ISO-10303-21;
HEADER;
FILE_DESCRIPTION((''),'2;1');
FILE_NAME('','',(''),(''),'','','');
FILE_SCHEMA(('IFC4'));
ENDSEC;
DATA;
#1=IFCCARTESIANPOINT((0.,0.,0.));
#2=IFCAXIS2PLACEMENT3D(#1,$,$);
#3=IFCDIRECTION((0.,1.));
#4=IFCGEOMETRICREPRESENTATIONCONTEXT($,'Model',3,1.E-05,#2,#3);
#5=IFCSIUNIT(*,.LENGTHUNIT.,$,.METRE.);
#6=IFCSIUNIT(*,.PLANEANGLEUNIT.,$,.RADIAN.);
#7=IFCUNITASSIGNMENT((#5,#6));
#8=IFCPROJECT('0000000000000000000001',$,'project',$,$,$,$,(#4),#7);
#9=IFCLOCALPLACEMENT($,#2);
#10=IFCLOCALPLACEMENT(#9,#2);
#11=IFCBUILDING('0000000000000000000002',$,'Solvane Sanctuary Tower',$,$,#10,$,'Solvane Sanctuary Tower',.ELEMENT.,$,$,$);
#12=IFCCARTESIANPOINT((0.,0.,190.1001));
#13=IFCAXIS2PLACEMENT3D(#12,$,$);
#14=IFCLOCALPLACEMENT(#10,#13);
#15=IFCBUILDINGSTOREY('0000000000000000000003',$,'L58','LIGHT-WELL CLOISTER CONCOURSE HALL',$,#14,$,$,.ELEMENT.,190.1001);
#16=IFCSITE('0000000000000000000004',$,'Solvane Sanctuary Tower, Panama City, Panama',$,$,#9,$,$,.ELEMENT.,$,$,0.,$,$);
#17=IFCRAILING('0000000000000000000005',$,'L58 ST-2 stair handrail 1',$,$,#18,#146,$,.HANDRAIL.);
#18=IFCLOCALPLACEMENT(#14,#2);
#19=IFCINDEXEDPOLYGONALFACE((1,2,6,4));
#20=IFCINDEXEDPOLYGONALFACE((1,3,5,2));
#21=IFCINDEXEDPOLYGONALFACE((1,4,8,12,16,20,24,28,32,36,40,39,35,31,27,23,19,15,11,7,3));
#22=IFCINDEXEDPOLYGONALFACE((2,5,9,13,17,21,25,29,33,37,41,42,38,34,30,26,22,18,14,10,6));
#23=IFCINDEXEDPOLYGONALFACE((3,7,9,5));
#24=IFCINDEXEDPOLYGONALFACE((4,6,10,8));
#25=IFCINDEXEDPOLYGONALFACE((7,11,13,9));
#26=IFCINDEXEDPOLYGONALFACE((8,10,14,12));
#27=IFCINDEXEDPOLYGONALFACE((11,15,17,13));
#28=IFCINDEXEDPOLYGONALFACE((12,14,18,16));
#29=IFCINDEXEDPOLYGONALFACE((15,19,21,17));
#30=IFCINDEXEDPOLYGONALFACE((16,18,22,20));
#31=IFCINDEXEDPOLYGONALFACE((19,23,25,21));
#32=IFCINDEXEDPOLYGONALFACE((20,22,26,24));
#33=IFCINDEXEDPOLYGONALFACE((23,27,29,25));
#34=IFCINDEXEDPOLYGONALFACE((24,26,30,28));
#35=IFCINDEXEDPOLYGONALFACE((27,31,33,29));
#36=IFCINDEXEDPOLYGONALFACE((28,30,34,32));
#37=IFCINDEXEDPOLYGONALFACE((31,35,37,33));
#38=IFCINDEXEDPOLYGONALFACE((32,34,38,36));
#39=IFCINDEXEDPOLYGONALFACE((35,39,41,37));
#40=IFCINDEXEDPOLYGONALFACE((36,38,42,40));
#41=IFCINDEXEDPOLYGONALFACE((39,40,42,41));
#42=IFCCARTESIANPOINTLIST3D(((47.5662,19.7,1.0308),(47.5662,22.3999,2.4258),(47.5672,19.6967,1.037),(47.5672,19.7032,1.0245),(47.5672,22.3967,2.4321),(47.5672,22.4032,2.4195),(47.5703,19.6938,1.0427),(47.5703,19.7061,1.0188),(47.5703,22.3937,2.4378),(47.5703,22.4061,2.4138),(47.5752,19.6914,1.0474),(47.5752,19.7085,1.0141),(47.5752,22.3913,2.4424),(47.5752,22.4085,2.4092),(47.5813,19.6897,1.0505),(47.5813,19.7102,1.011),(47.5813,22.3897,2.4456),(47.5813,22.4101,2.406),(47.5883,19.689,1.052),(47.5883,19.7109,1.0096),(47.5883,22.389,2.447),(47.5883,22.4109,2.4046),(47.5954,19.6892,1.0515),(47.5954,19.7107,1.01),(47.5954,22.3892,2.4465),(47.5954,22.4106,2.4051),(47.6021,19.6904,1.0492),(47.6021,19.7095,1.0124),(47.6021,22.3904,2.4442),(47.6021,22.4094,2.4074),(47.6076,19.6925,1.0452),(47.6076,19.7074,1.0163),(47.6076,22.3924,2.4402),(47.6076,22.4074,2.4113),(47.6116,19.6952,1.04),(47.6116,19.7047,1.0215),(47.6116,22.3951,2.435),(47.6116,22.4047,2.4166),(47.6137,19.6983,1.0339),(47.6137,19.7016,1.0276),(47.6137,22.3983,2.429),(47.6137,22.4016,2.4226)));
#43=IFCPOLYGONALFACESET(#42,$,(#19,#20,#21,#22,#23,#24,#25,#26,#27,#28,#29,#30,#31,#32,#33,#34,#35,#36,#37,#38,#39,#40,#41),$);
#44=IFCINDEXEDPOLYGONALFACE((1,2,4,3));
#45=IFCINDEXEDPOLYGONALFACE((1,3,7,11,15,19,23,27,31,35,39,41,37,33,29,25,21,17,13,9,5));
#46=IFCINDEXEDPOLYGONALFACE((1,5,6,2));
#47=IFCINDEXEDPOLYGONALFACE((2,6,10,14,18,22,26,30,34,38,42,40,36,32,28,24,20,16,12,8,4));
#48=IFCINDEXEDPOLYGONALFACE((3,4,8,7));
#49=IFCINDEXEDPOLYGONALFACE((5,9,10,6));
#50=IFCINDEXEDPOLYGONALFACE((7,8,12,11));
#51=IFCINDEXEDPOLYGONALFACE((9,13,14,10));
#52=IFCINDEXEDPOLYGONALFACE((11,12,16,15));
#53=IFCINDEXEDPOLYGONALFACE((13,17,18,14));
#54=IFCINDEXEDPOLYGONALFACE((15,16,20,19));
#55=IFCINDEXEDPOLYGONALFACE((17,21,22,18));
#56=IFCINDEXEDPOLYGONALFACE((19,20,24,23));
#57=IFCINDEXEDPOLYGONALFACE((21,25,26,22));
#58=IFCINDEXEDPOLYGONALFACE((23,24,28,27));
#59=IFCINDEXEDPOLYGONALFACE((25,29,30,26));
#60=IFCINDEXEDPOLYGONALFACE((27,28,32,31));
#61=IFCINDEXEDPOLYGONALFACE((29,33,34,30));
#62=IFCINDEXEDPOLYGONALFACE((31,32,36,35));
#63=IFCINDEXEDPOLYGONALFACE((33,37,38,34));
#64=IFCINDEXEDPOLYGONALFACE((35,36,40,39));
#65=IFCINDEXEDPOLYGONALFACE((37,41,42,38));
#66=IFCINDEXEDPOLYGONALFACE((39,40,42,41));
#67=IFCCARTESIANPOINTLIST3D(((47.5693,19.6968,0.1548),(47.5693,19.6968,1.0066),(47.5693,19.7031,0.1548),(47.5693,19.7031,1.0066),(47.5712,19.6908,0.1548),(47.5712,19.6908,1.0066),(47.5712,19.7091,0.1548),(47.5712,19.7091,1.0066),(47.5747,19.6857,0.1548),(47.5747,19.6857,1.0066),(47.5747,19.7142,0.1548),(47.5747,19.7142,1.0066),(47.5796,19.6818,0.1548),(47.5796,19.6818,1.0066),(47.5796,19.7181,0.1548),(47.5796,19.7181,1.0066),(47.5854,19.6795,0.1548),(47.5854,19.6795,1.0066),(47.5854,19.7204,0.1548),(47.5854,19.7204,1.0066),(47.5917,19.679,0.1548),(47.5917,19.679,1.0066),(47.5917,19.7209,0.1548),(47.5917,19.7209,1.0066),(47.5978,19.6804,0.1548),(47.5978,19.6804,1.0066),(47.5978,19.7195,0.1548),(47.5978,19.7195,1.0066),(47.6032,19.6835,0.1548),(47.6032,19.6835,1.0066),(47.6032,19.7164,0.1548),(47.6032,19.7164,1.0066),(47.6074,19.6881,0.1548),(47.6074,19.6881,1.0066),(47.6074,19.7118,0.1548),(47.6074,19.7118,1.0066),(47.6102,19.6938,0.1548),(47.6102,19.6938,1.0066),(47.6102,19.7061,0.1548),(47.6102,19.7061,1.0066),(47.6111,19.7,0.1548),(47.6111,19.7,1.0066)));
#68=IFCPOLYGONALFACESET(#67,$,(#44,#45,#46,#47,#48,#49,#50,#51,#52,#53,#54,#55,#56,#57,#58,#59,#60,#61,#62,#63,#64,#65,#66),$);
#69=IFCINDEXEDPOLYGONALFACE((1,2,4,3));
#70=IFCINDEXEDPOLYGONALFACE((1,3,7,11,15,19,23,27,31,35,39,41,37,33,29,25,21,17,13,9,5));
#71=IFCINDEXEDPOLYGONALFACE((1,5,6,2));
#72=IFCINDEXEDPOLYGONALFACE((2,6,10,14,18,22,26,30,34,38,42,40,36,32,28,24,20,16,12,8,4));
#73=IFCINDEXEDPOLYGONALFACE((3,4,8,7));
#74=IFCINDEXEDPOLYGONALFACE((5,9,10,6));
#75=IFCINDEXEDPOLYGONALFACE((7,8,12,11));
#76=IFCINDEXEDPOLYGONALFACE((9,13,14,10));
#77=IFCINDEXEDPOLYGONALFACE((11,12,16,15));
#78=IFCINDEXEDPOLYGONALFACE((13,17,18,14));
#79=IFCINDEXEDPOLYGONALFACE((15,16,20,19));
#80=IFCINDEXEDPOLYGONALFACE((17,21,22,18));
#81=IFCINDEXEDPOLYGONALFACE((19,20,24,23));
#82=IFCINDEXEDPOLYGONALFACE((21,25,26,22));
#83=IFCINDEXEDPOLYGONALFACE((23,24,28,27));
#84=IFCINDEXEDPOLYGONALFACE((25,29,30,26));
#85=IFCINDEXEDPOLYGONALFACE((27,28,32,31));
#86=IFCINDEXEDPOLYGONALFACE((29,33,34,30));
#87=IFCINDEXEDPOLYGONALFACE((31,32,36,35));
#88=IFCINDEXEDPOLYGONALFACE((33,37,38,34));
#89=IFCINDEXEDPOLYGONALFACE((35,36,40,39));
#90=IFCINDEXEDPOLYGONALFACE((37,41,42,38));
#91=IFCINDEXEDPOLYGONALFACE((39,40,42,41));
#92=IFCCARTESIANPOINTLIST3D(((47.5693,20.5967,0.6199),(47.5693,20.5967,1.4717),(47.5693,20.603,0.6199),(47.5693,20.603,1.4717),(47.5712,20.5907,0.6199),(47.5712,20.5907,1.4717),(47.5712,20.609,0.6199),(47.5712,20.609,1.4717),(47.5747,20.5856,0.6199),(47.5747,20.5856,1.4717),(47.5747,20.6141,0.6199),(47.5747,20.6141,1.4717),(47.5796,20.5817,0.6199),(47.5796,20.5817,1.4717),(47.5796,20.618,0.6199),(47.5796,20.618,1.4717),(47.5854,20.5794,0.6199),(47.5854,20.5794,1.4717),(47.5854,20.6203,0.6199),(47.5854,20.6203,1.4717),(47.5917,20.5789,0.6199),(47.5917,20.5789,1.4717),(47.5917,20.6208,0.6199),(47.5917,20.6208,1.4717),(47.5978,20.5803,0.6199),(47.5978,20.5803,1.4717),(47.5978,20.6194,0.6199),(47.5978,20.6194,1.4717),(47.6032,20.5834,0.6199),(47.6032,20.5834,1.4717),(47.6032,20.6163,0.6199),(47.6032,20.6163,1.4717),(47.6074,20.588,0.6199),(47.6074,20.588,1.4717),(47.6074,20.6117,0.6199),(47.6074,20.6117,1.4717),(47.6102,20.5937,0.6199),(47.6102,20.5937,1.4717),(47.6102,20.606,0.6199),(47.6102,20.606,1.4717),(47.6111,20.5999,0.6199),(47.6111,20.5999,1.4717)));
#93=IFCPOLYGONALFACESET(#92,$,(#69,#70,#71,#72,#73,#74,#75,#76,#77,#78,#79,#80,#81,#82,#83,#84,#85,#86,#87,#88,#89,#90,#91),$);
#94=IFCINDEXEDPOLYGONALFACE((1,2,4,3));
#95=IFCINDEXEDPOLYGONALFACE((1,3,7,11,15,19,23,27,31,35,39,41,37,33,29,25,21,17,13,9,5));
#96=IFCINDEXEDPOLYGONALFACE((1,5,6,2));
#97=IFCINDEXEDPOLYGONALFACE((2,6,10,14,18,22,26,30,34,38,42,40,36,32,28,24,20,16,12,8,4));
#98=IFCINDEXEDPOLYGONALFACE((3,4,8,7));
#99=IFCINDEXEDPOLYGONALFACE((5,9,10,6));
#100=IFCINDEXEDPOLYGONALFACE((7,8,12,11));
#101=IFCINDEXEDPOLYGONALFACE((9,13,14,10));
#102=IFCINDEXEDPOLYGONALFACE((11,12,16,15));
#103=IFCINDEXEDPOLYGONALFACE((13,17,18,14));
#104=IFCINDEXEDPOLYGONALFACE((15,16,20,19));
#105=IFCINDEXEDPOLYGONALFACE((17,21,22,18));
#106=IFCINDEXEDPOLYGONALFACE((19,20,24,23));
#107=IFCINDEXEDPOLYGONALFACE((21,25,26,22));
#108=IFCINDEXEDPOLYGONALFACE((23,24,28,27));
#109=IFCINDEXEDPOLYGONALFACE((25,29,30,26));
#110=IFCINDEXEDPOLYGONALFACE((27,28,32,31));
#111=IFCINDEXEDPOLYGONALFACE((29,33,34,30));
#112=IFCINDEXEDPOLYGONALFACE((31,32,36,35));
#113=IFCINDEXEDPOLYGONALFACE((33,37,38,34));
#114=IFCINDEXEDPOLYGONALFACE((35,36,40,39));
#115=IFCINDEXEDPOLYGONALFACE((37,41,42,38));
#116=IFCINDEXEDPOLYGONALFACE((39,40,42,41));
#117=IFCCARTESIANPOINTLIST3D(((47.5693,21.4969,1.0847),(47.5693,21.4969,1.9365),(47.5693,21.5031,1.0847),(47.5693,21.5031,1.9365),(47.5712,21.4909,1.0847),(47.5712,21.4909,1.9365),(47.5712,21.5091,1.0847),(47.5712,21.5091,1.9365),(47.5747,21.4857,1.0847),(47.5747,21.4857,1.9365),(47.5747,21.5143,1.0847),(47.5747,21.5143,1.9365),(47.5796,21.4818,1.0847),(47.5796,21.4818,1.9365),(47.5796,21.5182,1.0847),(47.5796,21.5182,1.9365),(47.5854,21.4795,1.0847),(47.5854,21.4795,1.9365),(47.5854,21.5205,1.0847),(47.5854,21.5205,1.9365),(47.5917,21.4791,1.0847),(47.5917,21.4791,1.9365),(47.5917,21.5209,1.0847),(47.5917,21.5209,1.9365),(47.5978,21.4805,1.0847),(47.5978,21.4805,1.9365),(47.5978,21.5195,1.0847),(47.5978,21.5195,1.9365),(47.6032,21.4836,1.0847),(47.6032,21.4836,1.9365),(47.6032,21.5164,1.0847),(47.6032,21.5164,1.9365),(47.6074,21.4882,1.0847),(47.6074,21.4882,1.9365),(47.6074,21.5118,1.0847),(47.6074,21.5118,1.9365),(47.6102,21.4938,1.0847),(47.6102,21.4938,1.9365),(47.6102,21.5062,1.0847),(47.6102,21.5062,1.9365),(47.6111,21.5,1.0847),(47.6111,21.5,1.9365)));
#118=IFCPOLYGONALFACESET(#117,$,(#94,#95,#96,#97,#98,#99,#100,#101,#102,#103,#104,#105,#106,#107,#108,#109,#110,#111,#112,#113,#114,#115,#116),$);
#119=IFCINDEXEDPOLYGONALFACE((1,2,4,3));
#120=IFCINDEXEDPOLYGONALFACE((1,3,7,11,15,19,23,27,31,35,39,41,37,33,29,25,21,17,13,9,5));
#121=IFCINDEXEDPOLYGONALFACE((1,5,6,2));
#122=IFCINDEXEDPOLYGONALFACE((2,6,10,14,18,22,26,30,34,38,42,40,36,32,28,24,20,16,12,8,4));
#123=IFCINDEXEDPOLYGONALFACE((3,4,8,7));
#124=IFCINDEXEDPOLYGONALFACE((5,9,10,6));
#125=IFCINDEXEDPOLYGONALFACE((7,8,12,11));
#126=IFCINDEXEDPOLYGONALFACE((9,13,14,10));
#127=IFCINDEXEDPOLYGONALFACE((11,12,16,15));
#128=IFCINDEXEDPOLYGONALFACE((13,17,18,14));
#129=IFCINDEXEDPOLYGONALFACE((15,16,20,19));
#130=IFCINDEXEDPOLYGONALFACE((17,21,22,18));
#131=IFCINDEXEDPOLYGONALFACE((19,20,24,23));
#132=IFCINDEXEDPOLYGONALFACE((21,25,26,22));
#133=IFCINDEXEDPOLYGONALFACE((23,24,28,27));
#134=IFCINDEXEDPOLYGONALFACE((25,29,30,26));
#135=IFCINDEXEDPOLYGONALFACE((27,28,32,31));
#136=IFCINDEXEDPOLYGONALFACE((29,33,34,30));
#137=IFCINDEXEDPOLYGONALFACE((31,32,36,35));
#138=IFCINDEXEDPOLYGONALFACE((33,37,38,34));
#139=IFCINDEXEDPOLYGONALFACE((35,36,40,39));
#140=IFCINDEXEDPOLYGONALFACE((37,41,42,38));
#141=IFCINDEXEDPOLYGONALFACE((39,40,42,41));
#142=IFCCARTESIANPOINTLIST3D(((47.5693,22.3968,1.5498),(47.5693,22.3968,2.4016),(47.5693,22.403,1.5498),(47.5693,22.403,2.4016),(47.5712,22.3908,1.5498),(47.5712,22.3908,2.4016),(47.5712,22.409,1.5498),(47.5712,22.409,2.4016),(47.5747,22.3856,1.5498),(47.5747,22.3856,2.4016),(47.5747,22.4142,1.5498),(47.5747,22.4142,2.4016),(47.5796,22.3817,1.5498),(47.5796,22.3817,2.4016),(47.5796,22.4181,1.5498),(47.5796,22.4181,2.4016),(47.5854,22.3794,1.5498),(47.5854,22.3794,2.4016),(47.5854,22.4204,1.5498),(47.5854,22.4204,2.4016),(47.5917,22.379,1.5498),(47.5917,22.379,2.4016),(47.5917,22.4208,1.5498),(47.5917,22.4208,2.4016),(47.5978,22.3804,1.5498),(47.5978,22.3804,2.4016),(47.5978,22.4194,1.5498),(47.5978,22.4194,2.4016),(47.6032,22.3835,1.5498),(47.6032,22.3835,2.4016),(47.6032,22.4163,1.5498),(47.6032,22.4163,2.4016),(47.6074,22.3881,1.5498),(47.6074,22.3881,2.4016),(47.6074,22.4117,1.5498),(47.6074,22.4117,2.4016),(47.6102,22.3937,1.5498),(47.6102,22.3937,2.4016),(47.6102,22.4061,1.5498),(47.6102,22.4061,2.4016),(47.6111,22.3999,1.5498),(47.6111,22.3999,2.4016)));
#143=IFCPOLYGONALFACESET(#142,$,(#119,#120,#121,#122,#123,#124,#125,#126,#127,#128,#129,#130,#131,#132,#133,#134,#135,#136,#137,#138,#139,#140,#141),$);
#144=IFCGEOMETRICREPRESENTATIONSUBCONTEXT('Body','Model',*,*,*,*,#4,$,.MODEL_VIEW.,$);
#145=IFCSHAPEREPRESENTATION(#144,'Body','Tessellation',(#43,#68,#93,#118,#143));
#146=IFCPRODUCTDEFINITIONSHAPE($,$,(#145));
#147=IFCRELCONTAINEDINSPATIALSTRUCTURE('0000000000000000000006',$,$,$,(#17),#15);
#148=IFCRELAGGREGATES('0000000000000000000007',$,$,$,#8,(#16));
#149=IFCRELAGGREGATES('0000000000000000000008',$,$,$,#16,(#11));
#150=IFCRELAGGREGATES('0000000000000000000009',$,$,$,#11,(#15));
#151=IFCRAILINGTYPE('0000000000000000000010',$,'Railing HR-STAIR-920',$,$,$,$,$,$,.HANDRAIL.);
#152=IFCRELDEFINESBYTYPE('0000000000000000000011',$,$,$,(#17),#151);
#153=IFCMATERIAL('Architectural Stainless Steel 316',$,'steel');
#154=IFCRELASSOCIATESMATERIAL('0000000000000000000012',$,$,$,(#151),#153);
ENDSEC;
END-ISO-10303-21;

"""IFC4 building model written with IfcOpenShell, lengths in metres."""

from ifc_helpers import new_model, si_unit, direction, frame, origin, origin_2d, place, context, subcontext, project, spatial, circle, extrude, material, type_object, element, save


model = new_model("IFC4")

# Units and contexts
model_context = context("Model", 3, precision=1e-05, world=origin(), true_north=direction((0.0, 1.0)))
body_context = subcontext(model_context, "Body", "Model", "MODEL_VIEW")
ifc_project = project(units=[si_unit("LENGTHUNIT", "METRE"), si_unit("PLANEANGLEUNIT", "RADIAN")], contexts=[model_context])

# Site, building, storey
site_placement = place(None, origin())
site = spatial("IfcSite", under=ifc_project, at=site_placement, Name="Solvane Sanctuary Tower, Panama City, Panama", CompositionType="ELEMENT", RefElevation=0.0)
building_placement = place(site_placement, origin())
building = spatial("IfcBuilding", under=site, at=building_placement, Name="Solvane Sanctuary Tower", LongName="Solvane Sanctuary Tower", CompositionType="ELEMENT")
storey_placement = place(building_placement, frame((0.0, 0.0, 190.1001)))
storey = spatial("IfcBuildingStorey", under=building, at=storey_placement, Name="L58", Description="LIGHT-WELL CLOISTER CONCOURSE HALL", CompositionType="ELEMENT", Elevation=190.1001)

# Shared definitions
ifc_material_1 = material(Name="Architectural Stainless Steel 316", Category="steel")

# Railing
railing_type_1 = type_object("IfcRailingType", Name="Railing HR-STAIR-920", PredefinedType="HANDRAIL", material=ifc_material_1)
railing_1_placement = place(storey_placement, frame((47.5901, 19.7, 0.1548)))
element("IfcRailing", 1, at=railing_1_placement, inside=storey, type_object=railing_type_1, Name="L58 ST-2 stair handrail 1", PredefinedType="HANDRAIL", context=body_context, shape_type="SweptSolid", body=[
    extrude(circle(Radius=0.0239, at=origin_2d()), frame((0.0, 0.0, 0.876), z_axis=(0.0, 0.88842, 0.459032), x_axis=(-1.0, 0.0, 0.0)), (0.0, 0.0, 1.0), 3.0391),
    extrude(circle(Radius=0.021, at=origin_2d()), origin(), (0.0, 0.0, 1.0), 0.8518),
    extrude(circle(Radius=0.021, at=origin_2d()), frame((0.0, 0.8999, 0.4651)), (0.0, 0.0, 1.0), 0.8518),
    extrude(circle(Radius=0.021, at=origin_2d()), frame((0.0, 1.8, 0.9299)), (0.0, 0.0, 1.0), 0.8518),
    extrude(circle(Radius=0.021, at=origin_2d()), frame((0.0, 2.7, 1.395)), (0.0, 0.0, 1.0), 0.8518),
])

save(model, "model.ifc")
